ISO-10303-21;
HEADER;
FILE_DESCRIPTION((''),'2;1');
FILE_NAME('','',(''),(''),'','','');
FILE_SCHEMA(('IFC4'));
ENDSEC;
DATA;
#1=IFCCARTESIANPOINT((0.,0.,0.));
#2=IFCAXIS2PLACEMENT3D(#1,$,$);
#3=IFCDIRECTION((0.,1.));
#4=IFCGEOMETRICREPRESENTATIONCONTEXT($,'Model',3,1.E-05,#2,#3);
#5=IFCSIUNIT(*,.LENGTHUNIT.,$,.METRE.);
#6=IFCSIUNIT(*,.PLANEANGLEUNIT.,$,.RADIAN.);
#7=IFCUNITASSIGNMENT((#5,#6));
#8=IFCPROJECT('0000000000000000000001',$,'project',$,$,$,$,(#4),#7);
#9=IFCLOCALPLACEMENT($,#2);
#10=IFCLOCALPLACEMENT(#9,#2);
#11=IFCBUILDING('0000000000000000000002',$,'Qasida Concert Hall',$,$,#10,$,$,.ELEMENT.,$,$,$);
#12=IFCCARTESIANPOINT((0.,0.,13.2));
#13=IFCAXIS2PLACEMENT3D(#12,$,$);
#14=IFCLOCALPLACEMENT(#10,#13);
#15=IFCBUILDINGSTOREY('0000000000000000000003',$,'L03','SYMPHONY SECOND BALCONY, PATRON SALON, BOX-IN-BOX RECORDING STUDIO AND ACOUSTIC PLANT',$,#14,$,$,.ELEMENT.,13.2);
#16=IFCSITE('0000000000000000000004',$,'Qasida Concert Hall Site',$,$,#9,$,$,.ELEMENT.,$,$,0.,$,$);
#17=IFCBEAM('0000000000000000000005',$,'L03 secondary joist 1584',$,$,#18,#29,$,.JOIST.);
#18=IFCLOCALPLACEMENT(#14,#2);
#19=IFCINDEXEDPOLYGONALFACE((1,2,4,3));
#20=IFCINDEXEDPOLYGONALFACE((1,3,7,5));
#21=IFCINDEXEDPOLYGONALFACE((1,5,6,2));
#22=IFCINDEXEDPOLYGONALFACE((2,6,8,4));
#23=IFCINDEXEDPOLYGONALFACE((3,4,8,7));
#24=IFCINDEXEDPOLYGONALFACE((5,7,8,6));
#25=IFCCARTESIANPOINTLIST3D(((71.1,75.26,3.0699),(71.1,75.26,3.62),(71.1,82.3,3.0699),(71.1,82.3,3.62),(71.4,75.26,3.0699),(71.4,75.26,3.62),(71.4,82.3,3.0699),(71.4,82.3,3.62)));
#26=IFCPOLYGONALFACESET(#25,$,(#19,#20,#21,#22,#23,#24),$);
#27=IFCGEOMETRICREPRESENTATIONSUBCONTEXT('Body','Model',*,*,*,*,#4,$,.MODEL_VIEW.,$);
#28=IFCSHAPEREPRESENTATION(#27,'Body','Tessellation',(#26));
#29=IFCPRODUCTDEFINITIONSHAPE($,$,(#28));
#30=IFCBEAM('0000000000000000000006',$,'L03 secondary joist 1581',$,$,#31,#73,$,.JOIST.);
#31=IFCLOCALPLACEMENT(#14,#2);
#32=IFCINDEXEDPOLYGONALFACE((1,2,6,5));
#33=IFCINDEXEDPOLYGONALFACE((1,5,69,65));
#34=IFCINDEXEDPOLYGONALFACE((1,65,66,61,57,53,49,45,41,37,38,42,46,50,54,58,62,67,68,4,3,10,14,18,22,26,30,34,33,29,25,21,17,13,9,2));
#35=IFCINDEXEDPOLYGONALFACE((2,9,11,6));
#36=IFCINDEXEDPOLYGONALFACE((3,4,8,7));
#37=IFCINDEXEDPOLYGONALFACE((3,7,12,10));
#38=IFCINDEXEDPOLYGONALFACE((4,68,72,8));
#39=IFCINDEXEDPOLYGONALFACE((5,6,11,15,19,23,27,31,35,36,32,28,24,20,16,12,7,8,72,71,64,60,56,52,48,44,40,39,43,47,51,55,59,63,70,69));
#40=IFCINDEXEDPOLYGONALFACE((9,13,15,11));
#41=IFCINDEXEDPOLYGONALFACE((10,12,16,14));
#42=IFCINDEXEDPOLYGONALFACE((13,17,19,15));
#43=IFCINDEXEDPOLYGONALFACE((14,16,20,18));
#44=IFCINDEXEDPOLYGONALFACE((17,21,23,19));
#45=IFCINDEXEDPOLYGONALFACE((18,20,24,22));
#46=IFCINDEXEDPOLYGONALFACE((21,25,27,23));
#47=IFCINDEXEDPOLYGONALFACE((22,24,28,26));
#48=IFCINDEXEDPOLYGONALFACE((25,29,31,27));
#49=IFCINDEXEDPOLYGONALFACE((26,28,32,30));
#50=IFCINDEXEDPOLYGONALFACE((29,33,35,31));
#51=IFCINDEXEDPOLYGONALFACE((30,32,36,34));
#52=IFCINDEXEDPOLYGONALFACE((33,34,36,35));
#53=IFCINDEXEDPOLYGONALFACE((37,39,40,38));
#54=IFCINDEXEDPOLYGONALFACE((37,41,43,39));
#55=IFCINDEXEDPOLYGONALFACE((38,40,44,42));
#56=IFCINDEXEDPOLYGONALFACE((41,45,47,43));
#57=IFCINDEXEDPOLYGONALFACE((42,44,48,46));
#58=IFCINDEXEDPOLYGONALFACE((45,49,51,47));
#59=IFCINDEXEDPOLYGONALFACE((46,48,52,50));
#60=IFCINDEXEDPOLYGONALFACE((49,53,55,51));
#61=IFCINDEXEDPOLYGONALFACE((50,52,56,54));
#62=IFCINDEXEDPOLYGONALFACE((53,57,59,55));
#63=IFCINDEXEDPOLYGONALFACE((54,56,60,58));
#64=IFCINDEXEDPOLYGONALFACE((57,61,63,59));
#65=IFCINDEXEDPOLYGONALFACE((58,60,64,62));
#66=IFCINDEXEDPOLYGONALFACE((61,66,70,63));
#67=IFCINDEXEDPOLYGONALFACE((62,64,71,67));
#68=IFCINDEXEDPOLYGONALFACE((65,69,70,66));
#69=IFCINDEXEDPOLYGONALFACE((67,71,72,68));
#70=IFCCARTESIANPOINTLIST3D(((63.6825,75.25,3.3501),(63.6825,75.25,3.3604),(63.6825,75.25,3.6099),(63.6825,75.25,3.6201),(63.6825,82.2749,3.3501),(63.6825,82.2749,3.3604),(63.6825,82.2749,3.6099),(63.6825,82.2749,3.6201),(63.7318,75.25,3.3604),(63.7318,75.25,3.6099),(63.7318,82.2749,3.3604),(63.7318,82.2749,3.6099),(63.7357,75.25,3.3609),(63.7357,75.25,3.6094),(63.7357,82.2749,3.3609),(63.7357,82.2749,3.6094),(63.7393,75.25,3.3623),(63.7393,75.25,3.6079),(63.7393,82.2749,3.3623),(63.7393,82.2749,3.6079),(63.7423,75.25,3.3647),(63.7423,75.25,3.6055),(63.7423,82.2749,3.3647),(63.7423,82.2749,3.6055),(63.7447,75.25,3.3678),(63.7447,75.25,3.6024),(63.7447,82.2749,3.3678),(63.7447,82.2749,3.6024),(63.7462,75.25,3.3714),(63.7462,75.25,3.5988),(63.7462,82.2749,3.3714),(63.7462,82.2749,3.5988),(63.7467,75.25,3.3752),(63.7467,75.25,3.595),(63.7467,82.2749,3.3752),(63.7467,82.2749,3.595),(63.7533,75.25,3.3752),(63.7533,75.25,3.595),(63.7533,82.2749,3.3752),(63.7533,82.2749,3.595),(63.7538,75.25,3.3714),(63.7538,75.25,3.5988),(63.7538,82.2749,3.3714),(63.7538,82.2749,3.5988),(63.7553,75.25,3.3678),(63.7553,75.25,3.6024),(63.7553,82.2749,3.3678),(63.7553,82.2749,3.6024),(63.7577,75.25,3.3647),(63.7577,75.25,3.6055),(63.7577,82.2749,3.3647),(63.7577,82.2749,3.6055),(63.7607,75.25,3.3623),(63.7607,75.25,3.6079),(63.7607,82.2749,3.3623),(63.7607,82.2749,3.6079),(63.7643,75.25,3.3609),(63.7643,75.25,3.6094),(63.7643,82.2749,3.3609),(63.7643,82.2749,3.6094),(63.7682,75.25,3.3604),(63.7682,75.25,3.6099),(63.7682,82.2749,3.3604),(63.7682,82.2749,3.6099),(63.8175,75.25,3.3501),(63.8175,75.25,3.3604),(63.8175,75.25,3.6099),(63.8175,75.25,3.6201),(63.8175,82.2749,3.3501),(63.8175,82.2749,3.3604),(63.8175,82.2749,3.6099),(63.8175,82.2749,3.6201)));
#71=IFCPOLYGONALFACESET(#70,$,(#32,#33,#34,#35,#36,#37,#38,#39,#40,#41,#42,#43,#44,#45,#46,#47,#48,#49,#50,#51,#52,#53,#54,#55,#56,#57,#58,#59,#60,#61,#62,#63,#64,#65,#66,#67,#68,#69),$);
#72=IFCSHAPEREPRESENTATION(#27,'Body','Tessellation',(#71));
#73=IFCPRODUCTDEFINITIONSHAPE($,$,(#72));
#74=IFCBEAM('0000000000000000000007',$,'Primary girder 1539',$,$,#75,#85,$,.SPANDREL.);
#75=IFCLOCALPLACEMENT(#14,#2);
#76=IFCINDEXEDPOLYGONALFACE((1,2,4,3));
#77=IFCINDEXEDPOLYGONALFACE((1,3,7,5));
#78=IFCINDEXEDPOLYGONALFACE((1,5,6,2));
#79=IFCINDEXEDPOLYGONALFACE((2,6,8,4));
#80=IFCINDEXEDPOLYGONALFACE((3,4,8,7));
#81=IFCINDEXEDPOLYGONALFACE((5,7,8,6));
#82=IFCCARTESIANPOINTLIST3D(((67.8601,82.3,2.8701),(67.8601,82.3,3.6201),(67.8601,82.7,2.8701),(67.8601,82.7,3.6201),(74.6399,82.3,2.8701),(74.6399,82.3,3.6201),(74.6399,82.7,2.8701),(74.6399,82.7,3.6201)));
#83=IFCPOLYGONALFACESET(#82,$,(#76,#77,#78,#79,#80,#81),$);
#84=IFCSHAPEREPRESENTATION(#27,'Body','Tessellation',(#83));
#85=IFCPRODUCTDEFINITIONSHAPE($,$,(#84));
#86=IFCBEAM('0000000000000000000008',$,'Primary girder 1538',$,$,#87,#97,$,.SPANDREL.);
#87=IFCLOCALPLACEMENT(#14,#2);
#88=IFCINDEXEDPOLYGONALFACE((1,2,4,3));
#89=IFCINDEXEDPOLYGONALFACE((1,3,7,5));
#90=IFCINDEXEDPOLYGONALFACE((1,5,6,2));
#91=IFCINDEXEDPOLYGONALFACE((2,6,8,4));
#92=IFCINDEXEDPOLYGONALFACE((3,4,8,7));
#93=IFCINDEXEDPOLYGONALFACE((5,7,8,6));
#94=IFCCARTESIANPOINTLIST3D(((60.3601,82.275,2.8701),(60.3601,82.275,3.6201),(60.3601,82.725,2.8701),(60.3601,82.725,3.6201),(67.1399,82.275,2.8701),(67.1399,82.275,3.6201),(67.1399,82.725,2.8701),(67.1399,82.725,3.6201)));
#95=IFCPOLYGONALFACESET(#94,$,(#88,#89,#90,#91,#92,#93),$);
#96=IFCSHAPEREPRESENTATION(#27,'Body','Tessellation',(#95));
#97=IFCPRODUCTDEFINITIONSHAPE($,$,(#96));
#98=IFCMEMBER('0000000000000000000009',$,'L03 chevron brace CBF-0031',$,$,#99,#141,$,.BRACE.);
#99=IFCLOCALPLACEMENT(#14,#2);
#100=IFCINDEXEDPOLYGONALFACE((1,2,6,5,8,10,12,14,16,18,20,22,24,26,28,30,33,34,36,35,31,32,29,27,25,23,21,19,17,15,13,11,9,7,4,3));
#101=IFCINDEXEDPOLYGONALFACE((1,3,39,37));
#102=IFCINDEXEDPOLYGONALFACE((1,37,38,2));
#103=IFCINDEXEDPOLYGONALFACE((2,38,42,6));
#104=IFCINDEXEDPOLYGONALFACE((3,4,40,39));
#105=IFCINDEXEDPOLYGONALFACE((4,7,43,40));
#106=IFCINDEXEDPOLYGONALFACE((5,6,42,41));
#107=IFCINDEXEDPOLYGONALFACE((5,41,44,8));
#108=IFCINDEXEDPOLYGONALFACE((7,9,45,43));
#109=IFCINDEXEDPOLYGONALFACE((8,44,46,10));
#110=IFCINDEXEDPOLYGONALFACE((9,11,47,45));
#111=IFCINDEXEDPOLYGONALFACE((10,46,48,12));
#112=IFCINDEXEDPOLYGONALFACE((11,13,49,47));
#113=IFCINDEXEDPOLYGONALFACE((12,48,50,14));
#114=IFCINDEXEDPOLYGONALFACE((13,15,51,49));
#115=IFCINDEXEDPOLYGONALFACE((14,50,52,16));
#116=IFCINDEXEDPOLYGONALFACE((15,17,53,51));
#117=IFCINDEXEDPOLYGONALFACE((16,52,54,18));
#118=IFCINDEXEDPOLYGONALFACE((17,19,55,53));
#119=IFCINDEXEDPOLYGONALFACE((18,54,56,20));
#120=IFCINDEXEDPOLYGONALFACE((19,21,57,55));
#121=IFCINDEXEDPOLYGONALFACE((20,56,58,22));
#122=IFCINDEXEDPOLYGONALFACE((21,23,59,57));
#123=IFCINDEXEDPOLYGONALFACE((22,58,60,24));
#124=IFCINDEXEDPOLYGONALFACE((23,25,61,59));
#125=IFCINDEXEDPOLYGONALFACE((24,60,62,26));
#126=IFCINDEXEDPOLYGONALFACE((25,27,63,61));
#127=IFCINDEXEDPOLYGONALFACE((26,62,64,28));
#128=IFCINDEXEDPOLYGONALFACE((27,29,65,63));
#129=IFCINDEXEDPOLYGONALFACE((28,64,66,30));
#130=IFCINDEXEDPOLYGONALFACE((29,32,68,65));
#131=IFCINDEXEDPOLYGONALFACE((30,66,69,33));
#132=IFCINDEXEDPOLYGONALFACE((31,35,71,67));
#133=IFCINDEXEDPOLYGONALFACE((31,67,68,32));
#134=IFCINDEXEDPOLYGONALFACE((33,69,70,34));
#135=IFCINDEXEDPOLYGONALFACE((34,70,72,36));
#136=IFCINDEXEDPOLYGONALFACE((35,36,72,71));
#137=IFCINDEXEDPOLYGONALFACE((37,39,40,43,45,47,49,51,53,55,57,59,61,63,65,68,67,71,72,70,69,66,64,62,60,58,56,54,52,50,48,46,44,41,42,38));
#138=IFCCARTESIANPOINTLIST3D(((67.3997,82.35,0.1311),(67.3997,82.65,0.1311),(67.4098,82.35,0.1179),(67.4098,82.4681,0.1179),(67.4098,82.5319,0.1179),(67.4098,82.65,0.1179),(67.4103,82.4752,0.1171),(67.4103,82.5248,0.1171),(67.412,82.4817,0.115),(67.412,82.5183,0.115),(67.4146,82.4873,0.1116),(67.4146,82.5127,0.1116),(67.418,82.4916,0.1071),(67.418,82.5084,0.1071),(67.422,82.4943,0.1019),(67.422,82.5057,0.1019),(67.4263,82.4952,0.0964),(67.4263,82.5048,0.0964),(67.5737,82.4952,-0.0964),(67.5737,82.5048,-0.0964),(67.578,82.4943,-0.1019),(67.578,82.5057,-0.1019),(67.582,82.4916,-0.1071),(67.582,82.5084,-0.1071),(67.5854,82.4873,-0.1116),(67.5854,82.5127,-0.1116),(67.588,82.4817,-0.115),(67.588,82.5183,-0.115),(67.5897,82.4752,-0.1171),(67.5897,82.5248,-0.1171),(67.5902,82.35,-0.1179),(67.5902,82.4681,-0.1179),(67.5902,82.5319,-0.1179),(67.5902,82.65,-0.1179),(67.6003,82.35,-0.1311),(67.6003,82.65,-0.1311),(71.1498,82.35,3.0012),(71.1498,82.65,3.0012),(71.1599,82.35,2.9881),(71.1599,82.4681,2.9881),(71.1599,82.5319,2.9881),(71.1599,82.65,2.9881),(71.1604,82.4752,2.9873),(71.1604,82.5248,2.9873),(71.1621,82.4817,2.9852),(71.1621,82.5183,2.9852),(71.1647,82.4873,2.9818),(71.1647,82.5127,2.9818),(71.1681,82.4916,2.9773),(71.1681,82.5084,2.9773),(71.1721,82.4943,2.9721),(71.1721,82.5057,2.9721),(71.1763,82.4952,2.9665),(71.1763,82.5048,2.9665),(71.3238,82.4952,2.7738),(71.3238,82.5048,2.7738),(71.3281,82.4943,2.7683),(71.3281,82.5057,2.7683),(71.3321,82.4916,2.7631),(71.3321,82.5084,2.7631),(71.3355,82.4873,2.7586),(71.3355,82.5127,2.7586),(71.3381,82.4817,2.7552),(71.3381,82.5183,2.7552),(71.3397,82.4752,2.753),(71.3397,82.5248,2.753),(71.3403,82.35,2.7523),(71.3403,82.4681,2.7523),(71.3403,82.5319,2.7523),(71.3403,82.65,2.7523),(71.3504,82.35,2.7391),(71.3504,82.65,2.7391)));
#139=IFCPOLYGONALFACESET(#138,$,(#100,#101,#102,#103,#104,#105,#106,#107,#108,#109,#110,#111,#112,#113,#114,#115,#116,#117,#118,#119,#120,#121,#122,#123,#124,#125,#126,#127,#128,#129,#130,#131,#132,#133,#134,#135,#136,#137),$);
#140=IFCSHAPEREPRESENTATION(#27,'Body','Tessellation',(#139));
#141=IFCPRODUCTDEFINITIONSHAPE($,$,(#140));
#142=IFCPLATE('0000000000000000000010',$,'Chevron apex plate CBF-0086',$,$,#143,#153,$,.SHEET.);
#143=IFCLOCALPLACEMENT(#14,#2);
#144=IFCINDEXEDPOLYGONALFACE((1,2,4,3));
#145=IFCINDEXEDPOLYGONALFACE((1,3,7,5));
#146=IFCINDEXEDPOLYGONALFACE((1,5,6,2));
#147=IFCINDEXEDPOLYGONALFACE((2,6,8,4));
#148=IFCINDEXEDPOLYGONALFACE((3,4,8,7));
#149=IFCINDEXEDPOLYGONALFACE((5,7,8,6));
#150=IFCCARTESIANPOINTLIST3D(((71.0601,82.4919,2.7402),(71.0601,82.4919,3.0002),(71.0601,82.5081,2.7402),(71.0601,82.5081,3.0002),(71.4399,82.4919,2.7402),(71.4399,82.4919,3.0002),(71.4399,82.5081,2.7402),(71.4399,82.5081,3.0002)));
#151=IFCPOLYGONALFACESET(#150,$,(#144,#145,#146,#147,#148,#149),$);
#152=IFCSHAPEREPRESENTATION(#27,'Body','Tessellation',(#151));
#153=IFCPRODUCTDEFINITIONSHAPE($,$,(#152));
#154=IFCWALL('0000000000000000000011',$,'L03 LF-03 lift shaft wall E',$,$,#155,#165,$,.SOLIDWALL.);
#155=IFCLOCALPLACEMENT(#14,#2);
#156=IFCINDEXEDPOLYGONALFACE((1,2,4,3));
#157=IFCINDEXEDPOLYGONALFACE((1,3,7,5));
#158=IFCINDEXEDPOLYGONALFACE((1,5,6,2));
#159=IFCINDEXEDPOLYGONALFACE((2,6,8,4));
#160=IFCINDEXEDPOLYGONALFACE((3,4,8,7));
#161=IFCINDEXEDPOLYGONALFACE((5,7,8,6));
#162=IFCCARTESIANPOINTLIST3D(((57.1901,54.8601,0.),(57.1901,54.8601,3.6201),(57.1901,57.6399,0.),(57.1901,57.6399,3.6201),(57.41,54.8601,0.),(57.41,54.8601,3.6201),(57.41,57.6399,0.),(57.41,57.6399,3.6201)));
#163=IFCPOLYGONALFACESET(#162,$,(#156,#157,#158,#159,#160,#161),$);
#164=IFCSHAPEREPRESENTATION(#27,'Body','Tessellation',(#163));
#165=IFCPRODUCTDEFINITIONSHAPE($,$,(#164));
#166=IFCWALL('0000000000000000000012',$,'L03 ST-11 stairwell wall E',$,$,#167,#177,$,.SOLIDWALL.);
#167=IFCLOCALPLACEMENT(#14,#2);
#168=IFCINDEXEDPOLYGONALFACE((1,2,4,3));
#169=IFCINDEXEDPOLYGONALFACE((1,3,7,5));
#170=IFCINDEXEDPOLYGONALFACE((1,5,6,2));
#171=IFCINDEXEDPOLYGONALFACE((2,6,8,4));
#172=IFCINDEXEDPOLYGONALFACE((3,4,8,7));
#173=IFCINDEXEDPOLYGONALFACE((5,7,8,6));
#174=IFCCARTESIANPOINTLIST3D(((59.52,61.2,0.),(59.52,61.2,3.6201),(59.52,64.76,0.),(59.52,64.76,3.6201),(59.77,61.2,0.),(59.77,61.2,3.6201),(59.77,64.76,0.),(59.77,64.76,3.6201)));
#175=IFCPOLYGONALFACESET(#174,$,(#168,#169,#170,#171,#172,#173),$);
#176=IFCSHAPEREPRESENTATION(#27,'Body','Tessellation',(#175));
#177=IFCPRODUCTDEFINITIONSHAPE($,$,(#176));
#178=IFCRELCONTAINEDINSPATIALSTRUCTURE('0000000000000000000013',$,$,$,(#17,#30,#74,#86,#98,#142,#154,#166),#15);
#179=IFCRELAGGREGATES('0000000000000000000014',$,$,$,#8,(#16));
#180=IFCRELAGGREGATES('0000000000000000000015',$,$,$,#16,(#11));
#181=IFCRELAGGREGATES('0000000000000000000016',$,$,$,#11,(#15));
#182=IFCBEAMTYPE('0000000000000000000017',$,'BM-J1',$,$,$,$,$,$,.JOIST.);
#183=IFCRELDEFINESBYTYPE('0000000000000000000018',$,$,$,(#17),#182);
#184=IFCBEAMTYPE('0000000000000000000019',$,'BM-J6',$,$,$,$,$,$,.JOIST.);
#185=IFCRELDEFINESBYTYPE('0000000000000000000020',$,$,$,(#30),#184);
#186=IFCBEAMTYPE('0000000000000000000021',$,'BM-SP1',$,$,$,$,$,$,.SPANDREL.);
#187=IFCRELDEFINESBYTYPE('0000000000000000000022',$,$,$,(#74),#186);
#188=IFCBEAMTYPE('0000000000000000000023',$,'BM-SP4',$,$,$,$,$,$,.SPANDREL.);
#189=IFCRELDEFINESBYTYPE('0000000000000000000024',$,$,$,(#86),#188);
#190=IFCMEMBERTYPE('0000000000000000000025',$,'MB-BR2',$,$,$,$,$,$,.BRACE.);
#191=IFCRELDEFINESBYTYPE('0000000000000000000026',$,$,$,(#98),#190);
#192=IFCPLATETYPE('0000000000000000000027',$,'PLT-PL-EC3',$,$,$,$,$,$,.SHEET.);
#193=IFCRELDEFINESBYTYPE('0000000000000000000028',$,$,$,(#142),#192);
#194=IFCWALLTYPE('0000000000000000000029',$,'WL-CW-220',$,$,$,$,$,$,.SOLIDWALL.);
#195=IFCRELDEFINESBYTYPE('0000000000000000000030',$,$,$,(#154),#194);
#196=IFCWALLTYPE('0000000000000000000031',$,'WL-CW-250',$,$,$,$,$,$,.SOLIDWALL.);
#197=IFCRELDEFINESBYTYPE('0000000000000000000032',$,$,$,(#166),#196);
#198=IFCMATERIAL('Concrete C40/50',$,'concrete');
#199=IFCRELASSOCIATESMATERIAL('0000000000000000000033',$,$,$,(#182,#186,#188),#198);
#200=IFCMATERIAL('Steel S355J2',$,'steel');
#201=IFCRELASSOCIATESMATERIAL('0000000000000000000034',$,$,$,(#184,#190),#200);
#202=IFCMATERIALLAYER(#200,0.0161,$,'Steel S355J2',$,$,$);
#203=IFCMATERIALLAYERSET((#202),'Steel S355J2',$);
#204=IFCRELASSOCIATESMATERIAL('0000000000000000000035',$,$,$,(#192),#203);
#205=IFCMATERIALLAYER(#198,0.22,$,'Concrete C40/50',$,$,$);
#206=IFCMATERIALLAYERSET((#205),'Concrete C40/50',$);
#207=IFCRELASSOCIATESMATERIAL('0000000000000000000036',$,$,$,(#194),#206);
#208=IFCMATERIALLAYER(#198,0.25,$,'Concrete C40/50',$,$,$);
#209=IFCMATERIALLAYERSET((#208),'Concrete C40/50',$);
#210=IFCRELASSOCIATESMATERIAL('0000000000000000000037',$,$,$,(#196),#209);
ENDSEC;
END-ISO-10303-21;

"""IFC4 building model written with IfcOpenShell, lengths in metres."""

from ifc_helpers import new_model, si_unit, direction, frame, frame_2d, origin, origin_2d, place, context, subcontext, project, spatial, rectangle, i_section, extrude, material, layer, layer_set, material_profile, profile_set, type_object, element, save


model = new_model("IFC4")

# Units and contexts
model_context = context("Model", 3, precision=1e-05, world=origin(), true_north=direction((0.0, 1.0)))
body_context = subcontext(model_context, "Body", "Model", "MODEL_VIEW")
ifc_project = project(units=[si_unit("LENGTHUNIT", "METRE"), si_unit("PLANEANGLEUNIT", "RADIAN")], contexts=[model_context])

# Site, building, storey
site_placement = place(None, origin())
site = spatial("IfcSite", under=ifc_project, at=site_placement, Name="Qasida Concert Hall Site", CompositionType="ELEMENT", RefElevation=0.0)
building_placement = place(site_placement, origin())
building = spatial("IfcBuilding", under=site, at=building_placement, Name="Qasida Concert Hall", CompositionType="ELEMENT")
storey_placement = place(building_placement, frame((0.0, 0.0, 13.2)))
storey = spatial("IfcBuildingStorey", under=building, at=storey_placement, Name="L03", Description="SYMPHONY SECOND BALCONY, PATRON SALON, BOX-IN-BOX RECORDING STUDIO AND ACOUSTIC PLANT", CompositionType="ELEMENT", Elevation=13.2)

# Beams
ifc_material_1 = material(Name="Concrete C40/50", Category="concrete")
ifc_material_2 = material(Name="Steel S355J2", Category="steel")
ifc_material_profile_1 = material_profile(ifc_material_1, rectangle(XDim=0.3, YDim=0.55, at=origin_2d()), Name="RC 300x550")
ifc_profile_set_1 = profile_set([ifc_material_profile_1], Name="Concrete C40/50")
beam_type_1 = type_object("IfcBeamType", Name="BM-J1", PredefinedType="JOIST", material=ifc_profile_set_1)
beam_1_placement = place(storey_placement, frame((71.25, 75.26, 3.345), z_axis=(0.0, 1.0, 0.0), x_axis=(-1.0, 0.0, 0.0)))
element("IfcBeam", 1, at=beam_1_placement, inside=storey, type_object=beam_type_1, Name="L03 secondary joist 1584", PredefinedType="JOIST", context=body_context, shape_type="SweptSolid", body=[
    extrude(rectangle(XDim=0.3, YDim=0.55, at=origin_2d()), origin(), (0.0, 0.0, 1.0), 7.04),
])
ifc_material_profile_2 = material_profile(ifc_material_2, i_section(OverallWidth=0.135, OverallDepth=0.27, WebThickness=0.0066, FlangeThickness=0.0103, FilletRadius=0.0149, at=origin_2d()), Name="IPE 270")
ifc_profile_set_2 = profile_set([ifc_material_profile_2], Name="Steel S355J2")
beam_type_2 = type_object("IfcBeamType", Name="BM-J6", PredefinedType="JOIST", material=ifc_profile_set_2)
beam_2_placement = place(storey_placement, frame((63.75, 75.25, 3.4851), z_axis=(0.0, 1.0, 0.0), x_axis=(-1.0, 0.0, 0.0)))
element("IfcBeam", 2, at=beam_2_placement, inside=storey, type_object=beam_type_2, Name="L03 secondary joist 1581", PredefinedType="JOIST", context=body_context, shape_type="SweptSolid", body=[
    extrude(i_section(OverallWidth=0.135, OverallDepth=0.27, WebThickness=0.0066, FlangeThickness=0.0103, FilletRadius=0.0149, at=origin_2d()), origin(), (0.0, 0.0, 1.0), 7.0249),
])
ifc_material_profile_3 = material_profile(ifc_material_1, rectangle(XDim=0.3999, YDim=0.75, at=origin_2d()), Name="RC 400x750")
ifc_profile_set_3 = profile_set([ifc_material_profile_3], Name="Concrete C40/50")
beam_type_3 = type_object("IfcBeamType", Name="BM-SP1", PredefinedType="SPANDREL", material=ifc_profile_set_3)
beam_3_placement = place(storey_placement, frame((67.8601, 82.5, 3.2451), z_axis=(1.0, 0.0, 0.0), x_axis=(0.0, 1.0, 0.0)))
element("IfcBeam", 3, at=beam_3_placement, inside=storey, type_object=beam_type_3, Name="Primary girder 1539", PredefinedType="SPANDREL", context=body_context, shape_type="SweptSolid", body=[
    extrude(rectangle(XDim=0.3999, YDim=0.75, at=origin_2d()), origin(), (0.0, 0.0, 1.0), 6.7798),
])
ifc_material_profile_4 = material_profile(ifc_material_1, rectangle(XDim=0.45, YDim=0.75, at=origin_2d()), Name="RC 450x750")
ifc_profile_set_4 = profile_set([ifc_material_profile_4], Name="Concrete C40/50")
beam_type_4 = type_object("IfcBeamType", Name="BM-SP4", PredefinedType="SPANDREL", material=ifc_profile_set_4)
beam_4_placement = place(storey_placement, frame((60.3601, 82.5, 3.2451), z_axis=(1.0, 0.0, 0.0), x_axis=(0.0, 1.0, 0.0)))
element("IfcBeam", 4, at=beam_4_placement, inside=storey, type_object=beam_type_4, Name="Primary girder 1538", PredefinedType="SPANDREL", context=body_context, shape_type="SweptSolid", body=[
    extrude(rectangle(XDim=0.45, YDim=0.75, at=origin_2d()), origin(), (0.0, 0.0, 1.0), 6.7798),
])

# Member
ifc_material_profile_5 = material_profile(ifc_material_2, i_section(OverallWidth=0.3, OverallDepth=0.3301, WebThickness=0.0095, FlangeThickness=0.0166, FilletRadius=0.0271, at=origin_2d()), Name="HEA 340")
ifc_profile_set_5 = profile_set([ifc_material_profile_5], Name="Steel S355J2")
member_type = type_object("IfcMemberType", Name="MB-BR2", PredefinedType="BRACE", material=ifc_profile_set_5)
member_placement = place(storey_placement, frame((67.5, 82.5, 0.0), z_axis=(0.794105, 0.0, 0.60778), x_axis=(0.0, 1.0, 0.0)))
element("IfcMember", 5, at=member_placement, inside=storey, type_object=member_type, Name="L03 chevron brace CBF-0031", PredefinedType="BRACE", context=body_context, shape_type="SweptSolid", body=[
    extrude(i_section(OverallWidth=0.3, OverallDepth=0.3301, WebThickness=0.0095, FlangeThickness=0.0166, FilletRadius=0.0271, at=origin_2d()), origin(), (0.0, 0.0, 1.0), 4.7224),
])

# Plate
ifc_layer_1 = layer(ifc_material_2, 0.0161, Name="Steel S355J2")
ifc_layer_set_1 = layer_set([ifc_layer_1], Name="Steel S355J2")
plate_type = type_object("IfcPlateType", Name="PLT-PL-EC3", PredefinedType="SHEET", material=ifc_layer_set_1)
plate_placement = place(storey_placement, frame((71.25, 82.5, 2.7402), z_axis=(0.0, 0.0, 1.0), x_axis=(1.0, 0.0, 0.0)))
element("IfcPlate", 6, at=plate_placement, inside=storey, type_object=plate_type, Name="Chevron apex plate CBF-0086", PredefinedType="SHEET", context=body_context, shape_type="SweptSolid", body=[
    extrude(rectangle(XDim=0.3799, YDim=0.0161, at=origin_2d()), origin(), (0.0, 0.0, 1.0), 0.26),
])

# Walls
ifc_layer_2 = layer(ifc_material_1, 0.22, Name="Concrete C40/50")
ifc_layer_set_2 = layer_set([ifc_layer_2], Name="Concrete C40/50")
wall_type_1 = type_object("IfcWallType", Name="WL-CW-220", PredefinedType="SOLIDWALL", material=ifc_layer_set_2)
wall_1_placement = place(storey_placement, frame((57.3, 54.8601, 0.0), z_axis=(0.0, 0.0, 1.0), x_axis=(0.0, 1.0, 0.0)))
element("IfcWall", 7, at=wall_1_placement, inside=storey, type_object=wall_type_1, Name="L03 LF-03 lift shaft wall E", PredefinedType="SOLIDWALL", context=body_context, shape_type="SweptSolid", body=[
    extrude(rectangle(XDim=2.7798, YDim=0.22, at=frame_2d((1.3899, 0.0))), origin(), (0.0, 0.0, 1.0), 3.6201),
])
ifc_layer_3 = layer(ifc_material_1, 0.25, Name="Concrete C40/50")
ifc_layer_set_3 = layer_set([ifc_layer_3], Name="Concrete C40/50")
wall_type_2 = type_object("IfcWallType", Name="WL-CW-250", PredefinedType="SOLIDWALL", material=ifc_layer_set_3)
wall_2_placement = place(storey_placement, frame((59.645, 61.2, 0.0), z_axis=(0.0, 0.0, 1.0), x_axis=(0.0, 1.0, 0.0)))
element("IfcWall", 8, at=wall_2_placement, inside=storey, type_object=wall_type_2, Name="L03 ST-11 stairwell wall E", PredefinedType="SOLIDWALL", context=body_context, shape_type="SweptSolid", body=[
    extrude(rectangle(XDim=3.5601, YDim=0.25, at=frame_2d((1.78, 0.0))), origin(), (0.0, 0.0, 1.0), 3.6201),
])

save(model, "model.ifc")
